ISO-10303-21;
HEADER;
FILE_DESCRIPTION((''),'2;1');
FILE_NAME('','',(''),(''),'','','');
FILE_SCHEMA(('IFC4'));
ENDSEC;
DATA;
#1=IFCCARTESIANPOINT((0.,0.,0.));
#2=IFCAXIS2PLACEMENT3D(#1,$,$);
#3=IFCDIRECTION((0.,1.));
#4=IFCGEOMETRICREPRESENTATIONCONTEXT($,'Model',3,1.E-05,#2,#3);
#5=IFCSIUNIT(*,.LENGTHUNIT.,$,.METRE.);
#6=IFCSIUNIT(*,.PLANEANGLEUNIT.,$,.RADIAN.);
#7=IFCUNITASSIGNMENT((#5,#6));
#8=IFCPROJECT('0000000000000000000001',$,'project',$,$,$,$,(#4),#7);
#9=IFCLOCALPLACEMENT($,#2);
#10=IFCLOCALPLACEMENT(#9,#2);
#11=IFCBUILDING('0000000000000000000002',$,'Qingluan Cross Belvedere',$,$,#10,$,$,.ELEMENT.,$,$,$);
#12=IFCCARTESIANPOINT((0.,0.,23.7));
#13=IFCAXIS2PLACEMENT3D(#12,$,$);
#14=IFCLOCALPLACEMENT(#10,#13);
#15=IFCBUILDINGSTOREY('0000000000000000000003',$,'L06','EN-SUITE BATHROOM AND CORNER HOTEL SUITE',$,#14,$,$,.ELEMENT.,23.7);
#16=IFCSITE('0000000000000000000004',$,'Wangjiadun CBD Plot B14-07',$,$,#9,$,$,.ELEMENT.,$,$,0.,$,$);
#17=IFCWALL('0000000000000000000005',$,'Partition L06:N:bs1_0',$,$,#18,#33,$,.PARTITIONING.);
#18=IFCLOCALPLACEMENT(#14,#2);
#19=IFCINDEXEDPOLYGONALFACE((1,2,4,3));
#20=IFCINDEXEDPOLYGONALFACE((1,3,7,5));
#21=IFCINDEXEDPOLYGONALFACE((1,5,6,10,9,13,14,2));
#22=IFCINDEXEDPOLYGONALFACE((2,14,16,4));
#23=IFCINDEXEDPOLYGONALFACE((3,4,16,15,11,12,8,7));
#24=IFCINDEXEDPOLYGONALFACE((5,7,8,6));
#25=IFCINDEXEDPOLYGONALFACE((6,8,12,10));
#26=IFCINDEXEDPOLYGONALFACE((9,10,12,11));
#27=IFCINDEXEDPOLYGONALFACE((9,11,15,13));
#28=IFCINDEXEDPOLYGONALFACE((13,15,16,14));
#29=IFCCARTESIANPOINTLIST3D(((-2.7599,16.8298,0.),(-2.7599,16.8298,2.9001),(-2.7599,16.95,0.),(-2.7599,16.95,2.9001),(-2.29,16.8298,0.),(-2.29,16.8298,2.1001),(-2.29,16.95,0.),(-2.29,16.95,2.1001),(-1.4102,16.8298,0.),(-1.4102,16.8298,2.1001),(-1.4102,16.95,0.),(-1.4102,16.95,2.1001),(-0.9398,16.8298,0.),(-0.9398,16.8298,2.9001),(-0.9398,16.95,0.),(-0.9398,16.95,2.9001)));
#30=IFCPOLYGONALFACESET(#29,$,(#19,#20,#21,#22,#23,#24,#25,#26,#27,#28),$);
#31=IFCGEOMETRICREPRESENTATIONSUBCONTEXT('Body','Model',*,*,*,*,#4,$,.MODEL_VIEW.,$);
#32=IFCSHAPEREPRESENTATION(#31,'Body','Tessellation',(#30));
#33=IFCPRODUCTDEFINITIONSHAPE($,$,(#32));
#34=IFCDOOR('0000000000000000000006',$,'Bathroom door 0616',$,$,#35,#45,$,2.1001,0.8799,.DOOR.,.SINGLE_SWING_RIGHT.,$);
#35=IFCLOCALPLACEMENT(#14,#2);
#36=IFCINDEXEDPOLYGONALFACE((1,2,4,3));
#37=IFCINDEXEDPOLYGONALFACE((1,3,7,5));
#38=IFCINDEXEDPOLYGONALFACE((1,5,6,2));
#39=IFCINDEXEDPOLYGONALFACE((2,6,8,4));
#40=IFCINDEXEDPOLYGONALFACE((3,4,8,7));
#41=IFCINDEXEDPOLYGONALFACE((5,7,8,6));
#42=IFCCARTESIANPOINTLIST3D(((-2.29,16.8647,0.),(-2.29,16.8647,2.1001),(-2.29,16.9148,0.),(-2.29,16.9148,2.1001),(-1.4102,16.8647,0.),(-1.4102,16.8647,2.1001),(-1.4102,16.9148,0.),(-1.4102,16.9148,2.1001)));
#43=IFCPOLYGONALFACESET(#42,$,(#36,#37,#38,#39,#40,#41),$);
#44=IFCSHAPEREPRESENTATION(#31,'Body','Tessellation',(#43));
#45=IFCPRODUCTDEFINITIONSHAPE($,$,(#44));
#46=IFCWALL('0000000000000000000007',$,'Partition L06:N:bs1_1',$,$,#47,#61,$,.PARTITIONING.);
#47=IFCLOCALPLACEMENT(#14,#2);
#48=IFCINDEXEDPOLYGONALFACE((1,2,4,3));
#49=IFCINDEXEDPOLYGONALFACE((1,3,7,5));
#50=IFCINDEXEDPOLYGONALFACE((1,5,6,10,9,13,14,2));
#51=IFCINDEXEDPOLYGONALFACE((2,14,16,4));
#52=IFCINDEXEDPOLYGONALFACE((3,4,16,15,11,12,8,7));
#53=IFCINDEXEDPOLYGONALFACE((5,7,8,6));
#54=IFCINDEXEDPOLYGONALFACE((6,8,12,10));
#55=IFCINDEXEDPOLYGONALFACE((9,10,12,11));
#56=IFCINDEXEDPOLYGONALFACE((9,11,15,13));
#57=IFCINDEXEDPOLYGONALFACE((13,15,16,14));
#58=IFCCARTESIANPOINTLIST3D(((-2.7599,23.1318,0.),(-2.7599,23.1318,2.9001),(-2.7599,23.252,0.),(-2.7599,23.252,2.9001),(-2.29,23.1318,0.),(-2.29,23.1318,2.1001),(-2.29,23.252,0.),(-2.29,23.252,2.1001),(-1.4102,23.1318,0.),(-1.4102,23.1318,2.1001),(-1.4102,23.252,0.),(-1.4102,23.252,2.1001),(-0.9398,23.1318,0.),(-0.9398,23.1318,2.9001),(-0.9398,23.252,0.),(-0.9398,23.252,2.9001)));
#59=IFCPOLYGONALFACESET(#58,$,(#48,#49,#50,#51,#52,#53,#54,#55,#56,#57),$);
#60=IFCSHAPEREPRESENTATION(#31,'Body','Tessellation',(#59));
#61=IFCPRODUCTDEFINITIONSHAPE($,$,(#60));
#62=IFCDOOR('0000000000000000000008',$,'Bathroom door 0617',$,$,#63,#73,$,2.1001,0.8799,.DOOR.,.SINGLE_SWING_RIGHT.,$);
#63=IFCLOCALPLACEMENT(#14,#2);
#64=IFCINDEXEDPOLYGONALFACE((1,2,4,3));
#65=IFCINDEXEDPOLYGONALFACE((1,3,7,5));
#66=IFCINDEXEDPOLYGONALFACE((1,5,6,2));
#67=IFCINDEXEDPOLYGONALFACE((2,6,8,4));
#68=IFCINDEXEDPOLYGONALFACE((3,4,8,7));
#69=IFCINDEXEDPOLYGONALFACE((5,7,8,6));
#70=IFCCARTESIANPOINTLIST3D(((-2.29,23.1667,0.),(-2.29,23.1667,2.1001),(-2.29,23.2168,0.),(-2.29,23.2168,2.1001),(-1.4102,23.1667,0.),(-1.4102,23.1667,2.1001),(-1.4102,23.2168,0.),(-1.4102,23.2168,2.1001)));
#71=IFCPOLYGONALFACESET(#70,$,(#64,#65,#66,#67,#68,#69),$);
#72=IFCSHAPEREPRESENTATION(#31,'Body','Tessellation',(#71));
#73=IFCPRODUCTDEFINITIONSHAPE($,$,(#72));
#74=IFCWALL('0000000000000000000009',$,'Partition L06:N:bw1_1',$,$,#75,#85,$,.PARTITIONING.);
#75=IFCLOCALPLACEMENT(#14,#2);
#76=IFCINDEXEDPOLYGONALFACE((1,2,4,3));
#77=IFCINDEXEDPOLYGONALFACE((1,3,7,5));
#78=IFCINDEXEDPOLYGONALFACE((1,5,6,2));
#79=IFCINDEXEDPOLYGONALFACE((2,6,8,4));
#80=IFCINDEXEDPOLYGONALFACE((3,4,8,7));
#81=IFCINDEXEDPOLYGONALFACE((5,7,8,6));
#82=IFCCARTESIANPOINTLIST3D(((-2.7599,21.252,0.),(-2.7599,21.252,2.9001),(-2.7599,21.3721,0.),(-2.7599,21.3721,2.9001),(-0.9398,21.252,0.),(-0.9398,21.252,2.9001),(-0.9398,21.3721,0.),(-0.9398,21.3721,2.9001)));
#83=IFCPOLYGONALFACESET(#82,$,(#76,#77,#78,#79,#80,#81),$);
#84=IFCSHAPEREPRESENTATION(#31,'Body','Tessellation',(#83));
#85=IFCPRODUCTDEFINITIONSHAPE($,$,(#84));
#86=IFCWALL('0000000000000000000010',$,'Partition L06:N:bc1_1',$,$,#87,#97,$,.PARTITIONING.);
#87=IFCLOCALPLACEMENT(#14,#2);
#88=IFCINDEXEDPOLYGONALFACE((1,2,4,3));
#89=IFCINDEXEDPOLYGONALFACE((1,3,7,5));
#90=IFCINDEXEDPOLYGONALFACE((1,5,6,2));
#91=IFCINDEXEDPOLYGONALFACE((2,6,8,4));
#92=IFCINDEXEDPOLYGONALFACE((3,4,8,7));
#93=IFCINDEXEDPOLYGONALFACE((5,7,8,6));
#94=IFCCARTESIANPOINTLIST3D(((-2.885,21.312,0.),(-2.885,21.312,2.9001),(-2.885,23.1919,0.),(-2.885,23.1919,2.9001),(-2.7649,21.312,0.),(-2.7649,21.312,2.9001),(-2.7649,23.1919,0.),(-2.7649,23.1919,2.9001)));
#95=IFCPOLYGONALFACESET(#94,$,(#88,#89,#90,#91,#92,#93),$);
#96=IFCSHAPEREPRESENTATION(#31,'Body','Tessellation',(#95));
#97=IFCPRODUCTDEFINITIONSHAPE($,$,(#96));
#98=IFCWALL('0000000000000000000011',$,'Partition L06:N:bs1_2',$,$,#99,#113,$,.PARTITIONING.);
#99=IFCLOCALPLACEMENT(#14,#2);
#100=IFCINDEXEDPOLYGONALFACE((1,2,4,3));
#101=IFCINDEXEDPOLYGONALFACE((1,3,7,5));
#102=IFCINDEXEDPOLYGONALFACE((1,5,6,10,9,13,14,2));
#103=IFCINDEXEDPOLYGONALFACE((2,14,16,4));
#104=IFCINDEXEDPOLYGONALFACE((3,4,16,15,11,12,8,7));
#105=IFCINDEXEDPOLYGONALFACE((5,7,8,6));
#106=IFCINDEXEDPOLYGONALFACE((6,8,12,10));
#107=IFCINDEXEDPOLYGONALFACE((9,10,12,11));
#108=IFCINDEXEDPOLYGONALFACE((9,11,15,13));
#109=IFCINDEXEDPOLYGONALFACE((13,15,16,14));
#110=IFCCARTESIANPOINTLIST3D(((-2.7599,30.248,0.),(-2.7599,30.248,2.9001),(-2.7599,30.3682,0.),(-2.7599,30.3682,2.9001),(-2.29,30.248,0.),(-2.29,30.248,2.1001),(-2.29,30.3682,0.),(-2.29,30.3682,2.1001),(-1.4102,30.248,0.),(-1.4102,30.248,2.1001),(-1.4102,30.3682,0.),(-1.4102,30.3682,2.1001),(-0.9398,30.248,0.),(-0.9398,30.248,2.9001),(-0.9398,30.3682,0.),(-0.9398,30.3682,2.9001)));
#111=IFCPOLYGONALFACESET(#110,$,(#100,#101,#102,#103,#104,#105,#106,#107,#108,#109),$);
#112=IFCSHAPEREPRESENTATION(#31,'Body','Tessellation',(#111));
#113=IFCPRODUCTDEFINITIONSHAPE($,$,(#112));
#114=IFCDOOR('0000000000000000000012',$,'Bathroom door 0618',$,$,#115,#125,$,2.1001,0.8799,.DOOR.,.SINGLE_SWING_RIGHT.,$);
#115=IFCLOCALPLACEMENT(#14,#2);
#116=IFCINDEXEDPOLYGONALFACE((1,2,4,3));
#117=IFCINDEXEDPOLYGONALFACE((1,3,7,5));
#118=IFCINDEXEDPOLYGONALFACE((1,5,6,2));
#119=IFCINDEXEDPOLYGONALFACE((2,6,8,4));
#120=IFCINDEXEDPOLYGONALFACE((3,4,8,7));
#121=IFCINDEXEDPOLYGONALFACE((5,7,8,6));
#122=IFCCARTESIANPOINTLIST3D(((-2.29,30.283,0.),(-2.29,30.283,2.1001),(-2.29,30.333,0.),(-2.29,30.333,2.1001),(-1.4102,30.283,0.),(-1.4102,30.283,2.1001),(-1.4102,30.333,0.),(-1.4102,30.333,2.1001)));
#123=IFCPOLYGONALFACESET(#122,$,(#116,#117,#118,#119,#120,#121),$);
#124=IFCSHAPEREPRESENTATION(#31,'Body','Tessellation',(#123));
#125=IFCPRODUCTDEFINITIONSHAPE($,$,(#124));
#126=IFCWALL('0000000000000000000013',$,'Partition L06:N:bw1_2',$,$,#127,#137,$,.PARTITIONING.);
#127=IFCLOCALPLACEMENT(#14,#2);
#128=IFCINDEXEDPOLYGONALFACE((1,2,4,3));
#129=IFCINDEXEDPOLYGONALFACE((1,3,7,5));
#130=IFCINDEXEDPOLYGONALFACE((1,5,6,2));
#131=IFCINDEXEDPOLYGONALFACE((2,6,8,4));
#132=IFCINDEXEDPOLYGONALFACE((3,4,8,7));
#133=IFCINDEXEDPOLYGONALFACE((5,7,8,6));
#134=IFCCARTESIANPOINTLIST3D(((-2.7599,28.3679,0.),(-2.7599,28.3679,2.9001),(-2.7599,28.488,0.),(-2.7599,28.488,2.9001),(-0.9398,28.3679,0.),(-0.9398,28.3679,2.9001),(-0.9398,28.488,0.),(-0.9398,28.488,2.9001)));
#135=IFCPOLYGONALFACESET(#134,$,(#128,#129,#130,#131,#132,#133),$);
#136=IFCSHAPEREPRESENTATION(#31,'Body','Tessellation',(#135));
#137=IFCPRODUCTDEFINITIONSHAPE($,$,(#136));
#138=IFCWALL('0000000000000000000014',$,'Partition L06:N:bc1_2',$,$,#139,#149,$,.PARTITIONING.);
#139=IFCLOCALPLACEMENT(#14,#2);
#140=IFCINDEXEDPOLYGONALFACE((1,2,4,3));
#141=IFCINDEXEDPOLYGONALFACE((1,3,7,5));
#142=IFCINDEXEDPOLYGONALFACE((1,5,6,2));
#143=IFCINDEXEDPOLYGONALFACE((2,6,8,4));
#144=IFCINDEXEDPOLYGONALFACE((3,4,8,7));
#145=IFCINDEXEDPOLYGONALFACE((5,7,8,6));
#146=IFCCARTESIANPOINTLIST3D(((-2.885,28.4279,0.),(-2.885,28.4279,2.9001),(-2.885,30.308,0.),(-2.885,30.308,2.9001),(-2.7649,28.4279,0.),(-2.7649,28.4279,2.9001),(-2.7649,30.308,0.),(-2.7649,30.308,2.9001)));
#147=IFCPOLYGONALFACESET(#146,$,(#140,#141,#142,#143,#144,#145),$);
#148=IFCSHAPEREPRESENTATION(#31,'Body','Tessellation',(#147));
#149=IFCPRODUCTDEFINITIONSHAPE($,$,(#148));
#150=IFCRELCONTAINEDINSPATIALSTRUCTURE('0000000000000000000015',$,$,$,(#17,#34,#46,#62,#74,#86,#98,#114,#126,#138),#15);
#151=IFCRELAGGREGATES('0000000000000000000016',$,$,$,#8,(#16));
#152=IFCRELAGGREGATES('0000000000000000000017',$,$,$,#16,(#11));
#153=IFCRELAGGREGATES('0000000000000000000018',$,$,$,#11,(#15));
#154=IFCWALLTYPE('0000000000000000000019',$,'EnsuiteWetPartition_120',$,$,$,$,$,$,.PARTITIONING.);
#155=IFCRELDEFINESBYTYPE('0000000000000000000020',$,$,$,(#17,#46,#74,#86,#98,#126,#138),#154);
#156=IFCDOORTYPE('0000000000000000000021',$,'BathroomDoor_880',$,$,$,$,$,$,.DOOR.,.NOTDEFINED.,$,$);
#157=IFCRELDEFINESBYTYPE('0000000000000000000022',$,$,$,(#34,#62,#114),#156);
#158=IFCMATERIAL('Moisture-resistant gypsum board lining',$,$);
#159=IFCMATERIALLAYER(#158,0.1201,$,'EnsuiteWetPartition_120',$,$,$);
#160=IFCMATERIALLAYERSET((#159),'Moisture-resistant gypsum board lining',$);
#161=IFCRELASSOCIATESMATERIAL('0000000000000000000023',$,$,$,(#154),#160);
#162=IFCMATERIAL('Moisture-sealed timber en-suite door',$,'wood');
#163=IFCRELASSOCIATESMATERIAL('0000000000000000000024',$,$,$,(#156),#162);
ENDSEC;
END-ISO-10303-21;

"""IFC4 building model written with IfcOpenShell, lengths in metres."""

from ifc_helpers import new_model, si_unit, direction, frame, frame_2d, origin, place, context, subcontext, project, spatial, rectangle, extrude, material, layer, layer_set, type_object, element, fill, save


model = new_model("IFC4")

# Units and contexts
model_context = context("Model", 3, precision=1e-05, world=origin(), true_north=direction((0.0, 1.0)))
body_context = subcontext(model_context, "Body", "Model", "MODEL_VIEW")
ifc_project = project(units=[si_unit("LENGTHUNIT", "METRE"), si_unit("PLANEANGLEUNIT", "RADIAN")], contexts=[model_context])

# Site, building, storey
site_placement = place(None, origin())
site = spatial("IfcSite", under=ifc_project, at=site_placement, Name="Wangjiadun CBD Plot B14-07", CompositionType="ELEMENT", RefElevation=0.0)
building_placement = place(site_placement, origin())
building = spatial("IfcBuilding", under=site, at=building_placement, Name="Qingluan Cross Belvedere", CompositionType="ELEMENT")
storey_placement = place(building_placement, frame((0.0, 0.0, 23.7)))
storey = spatial("IfcBuildingStorey", under=building, at=storey_placement, Name="L06", Description="EN-SUITE BATHROOM AND CORNER HOTEL SUITE", CompositionType="ELEMENT", Elevation=23.7)

# Walls, openings, doors
ifc_material_1 = material(Name="Moisture-resistant gypsum board lining")
ifc_layer_1 = layer(ifc_material_1, 0.1201, Name="EnsuiteWetPartition_120")
ifc_layer_set_1 = layer_set([ifc_layer_1], Name="Moisture-resistant gypsum board lining")
wall_type_1 = type_object("IfcWallType", Name="EnsuiteWetPartition_120", PredefinedType="PARTITIONING", material=ifc_layer_set_1)
wall_1_placement = place(storey_placement, frame((-2.76, 16.8899, 0.0), z_axis=(0.0, 0.0, 1.0), x_axis=(1.0, 0.0, 0.0)))
wall_1 = element("IfcWall", 1, at=wall_1_placement, inside=storey, type_object=wall_type_1, Name="Partition L06:N:bs1_0", PredefinedType="PARTITIONING", context=body_context, shape_type="SweptSolid", body=[
    extrude(rectangle(XDim=1.8201, YDim=0.1201, at=frame_2d((0.9102, 0.0))), origin(), (0.0, 0.0, 1.0), 2.9001),
])
opening_1_placement = place(wall_1_placement, frame((0.47, 0.0, 0.0)))
opening_1 = element("IfcOpeningElement", 2, at=opening_1_placement, cuts=wall_1, PredefinedType="OPENING", context=body_context, shape_type="SweptSolid", body=[
    extrude(rectangle(XDim=0.8799, YDim=2.1001, at=frame_2d((0.4399, 1.05))), frame((0.0, 0.0701, 0.0), z_axis=(0.0, -1.0, 0.0), x_axis=(1.0, 0.0, 0.0)), (0.0, 0.0, 1.0), 0.1401),
])
ifc_material_2 = material(Name="Moisture-sealed timber en-suite door", Category="wood")
door_type = type_object("IfcDoorType", Name="BathroomDoor_880", OperationType="NOTDEFINED", PredefinedType="DOOR", material=ifc_material_2)
door_1_placement = place(opening_1_placement, origin())
door_1 = element("IfcDoor", 3, at=door_1_placement, inside=storey, type_object=door_type, Name="Bathroom door 0616", OperationType="SINGLE_SWING_RIGHT", OverallHeight=2.1001, OverallWidth=0.8799, PredefinedType="DOOR", context=body_context, shape_type="SweptSolid", body=[
    extrude(rectangle(XDim=0.8799, YDim=2.1001, at=frame_2d((0.4399, 1.05))), frame((0.0, 0.0249, 0.0), z_axis=(0.0, -1.0, 0.0), x_axis=(1.0, 0.0, 0.0)), (0.0, 0.0, 1.0), 0.05),
])
fill(opening_1, door_1)
wall_2_placement = place(storey_placement, frame((-2.76, 23.1919, 0.0), z_axis=(0.0, 0.0, 1.0), x_axis=(1.0, 0.0, 0.0)))
wall_2 = element("IfcWall", 4, at=wall_2_placement, inside=storey, type_object=wall_type_1, Name="Partition L06:N:bs1_1", PredefinedType="PARTITIONING", context=body_context, shape_type="SweptSolid", body=[
    extrude(rectangle(XDim=1.8201, YDim=0.1201, at=frame_2d((0.9102, 0.0))), origin(), (0.0, 0.0, 1.0), 2.9001),
])
opening_2_placement = place(wall_2_placement, frame((0.47, 0.0, 0.0)))
opening_2 = element("IfcOpeningElement", 5, at=opening_2_placement, cuts=wall_2, PredefinedType="OPENING", context=body_context, shape_type="SweptSolid", body=[
    extrude(rectangle(XDim=0.8799, YDim=2.1001, at=frame_2d((0.4399, 1.05))), frame((0.0, 0.0701, 0.0), z_axis=(0.0, -1.0, 0.0), x_axis=(1.0, 0.0, 0.0)), (0.0, 0.0, 1.0), 0.1401),
])
door_2_placement = place(opening_2_placement, origin())
door_2 = element("IfcDoor", 6, at=door_2_placement, inside=storey, type_object=door_type, Name="Bathroom door 0617", OperationType="SINGLE_SWING_RIGHT", OverallHeight=2.1001, OverallWidth=0.8799, PredefinedType="DOOR", context=body_context, shape_type="SweptSolid", body=[
    extrude(rectangle(XDim=0.8799, YDim=2.1001, at=frame_2d((0.4399, 1.05))), frame((0.0, 0.0249, 0.0), z_axis=(0.0, -1.0, 0.0), x_axis=(1.0, 0.0, 0.0)), (0.0, 0.0, 1.0), 0.05),
])
fill(opening_2, door_2)

# Walls
wall_3_placement = place(storey_placement, frame((-2.76, 21.312, 0.0), z_axis=(0.0, 0.0, 1.0), x_axis=(1.0, 0.0, 0.0)))
element("IfcWall", 7, at=wall_3_placement, inside=storey, type_object=wall_type_1, Name="Partition L06:N:bw1_1", PredefinedType="PARTITIONING", context=body_context, shape_type="SweptSolid", body=[
    extrude(rectangle(XDim=1.8201, YDim=0.1201, at=frame_2d((0.9102, 0.0))), origin(), (0.0, 0.0, 1.0), 2.9001),
])
wall_4_placement = place(storey_placement, frame((-2.825, 21.312, 0.0), z_axis=(0.0, 0.0, 1.0), x_axis=(0.0, 1.0, 0.0)))
element("IfcWall", 8, at=wall_4_placement, inside=storey, type_object=wall_type_1, Name="Partition L06:N:bc1_1", PredefinedType="PARTITIONING", context=body_context, shape_type="SweptSolid", body=[
    extrude(rectangle(XDim=1.8799, YDim=0.1201, at=frame_2d((0.9399, 0.0))), origin(), (0.0, 0.0, 1.0), 2.9001),
])

# Wall, opening, door
wall_5_placement = place(storey_placement, frame((-2.76, 30.3081, 0.0), z_axis=(0.0, 0.0, 1.0), x_axis=(1.0, 0.0, 0.0)))
wall_5 = element("IfcWall", 9, at=wall_5_placement, inside=storey, type_object=wall_type_1, Name="Partition L06:N:bs1_2", PredefinedType="PARTITIONING", context=body_context, shape_type="SweptSolid", body=[
    extrude(rectangle(XDim=1.8201, YDim=0.1201, at=frame_2d((0.9102, 0.0))), origin(), (0.0, 0.0, 1.0), 2.9001),
])
opening_3_placement = place(wall_5_placement, frame((0.47, 0.0, 0.0)))
opening_3 = element("IfcOpeningElement", 10, at=opening_3_placement, cuts=wall_5, PredefinedType="OPENING", context=body_context, shape_type="SweptSolid", body=[
    extrude(rectangle(XDim=0.8799, YDim=2.1001, at=frame_2d((0.4399, 1.05))), frame((0.0, 0.0701, 0.0), z_axis=(0.0, -1.0, 0.0), x_axis=(1.0, 0.0, 0.0)), (0.0, 0.0, 1.0), 0.1401),
])
door_3_placement = place(opening_3_placement, origin())
door_3 = element("IfcDoor", 11, at=door_3_placement, inside=storey, type_object=door_type, Name="Bathroom door 0618", OperationType="SINGLE_SWING_RIGHT", OverallHeight=2.1001, OverallWidth=0.8799, PredefinedType="DOOR", context=body_context, shape_type="SweptSolid", body=[
    extrude(rectangle(XDim=0.8799, YDim=2.1001, at=frame_2d((0.4399, 1.05))), frame((0.0, 0.0249, 0.0), z_axis=(0.0, -1.0, 0.0), x_axis=(1.0, 0.0, 0.0)), (0.0, 0.0, 1.0), 0.05),
])
fill(opening_3, door_3)

# Walls
wall_6_placement = place(storey_placement, frame((-2.76, 28.428, 0.0), z_axis=(0.0, 0.0, 1.0), x_axis=(1.0, 0.0, 0.0)))
element("IfcWall", 12, at=wall_6_placement, inside=storey, type_object=wall_type_1, Name="Partition L06:N:bw1_2", PredefinedType="PARTITIONING", context=body_context, shape_type="SweptSolid", body=[
    extrude(rectangle(XDim=1.8201, YDim=0.1201, at=frame_2d((0.9102, 0.0))), origin(), (0.0, 0.0, 1.0), 2.9001),
])
wall_7_placement = place(storey_placement, frame((-2.825, 28.428, 0.0), z_axis=(0.0, 0.0, 1.0), x_axis=(0.0, 1.0, 0.0)))
element("IfcWall", 13, at=wall_7_placement, inside=storey, type_object=wall_type_1, Name="Partition L06:N:bc1_2", PredefinedType="PARTITIONING", context=body_context, shape_type="SweptSolid", body=[
    extrude(rectangle(XDim=1.8801, YDim=0.1201, at=frame_2d((0.9399, 0.0))), origin(), (0.0, 0.0, 1.0), 2.9001),
])

save(model, "model.ifc")
